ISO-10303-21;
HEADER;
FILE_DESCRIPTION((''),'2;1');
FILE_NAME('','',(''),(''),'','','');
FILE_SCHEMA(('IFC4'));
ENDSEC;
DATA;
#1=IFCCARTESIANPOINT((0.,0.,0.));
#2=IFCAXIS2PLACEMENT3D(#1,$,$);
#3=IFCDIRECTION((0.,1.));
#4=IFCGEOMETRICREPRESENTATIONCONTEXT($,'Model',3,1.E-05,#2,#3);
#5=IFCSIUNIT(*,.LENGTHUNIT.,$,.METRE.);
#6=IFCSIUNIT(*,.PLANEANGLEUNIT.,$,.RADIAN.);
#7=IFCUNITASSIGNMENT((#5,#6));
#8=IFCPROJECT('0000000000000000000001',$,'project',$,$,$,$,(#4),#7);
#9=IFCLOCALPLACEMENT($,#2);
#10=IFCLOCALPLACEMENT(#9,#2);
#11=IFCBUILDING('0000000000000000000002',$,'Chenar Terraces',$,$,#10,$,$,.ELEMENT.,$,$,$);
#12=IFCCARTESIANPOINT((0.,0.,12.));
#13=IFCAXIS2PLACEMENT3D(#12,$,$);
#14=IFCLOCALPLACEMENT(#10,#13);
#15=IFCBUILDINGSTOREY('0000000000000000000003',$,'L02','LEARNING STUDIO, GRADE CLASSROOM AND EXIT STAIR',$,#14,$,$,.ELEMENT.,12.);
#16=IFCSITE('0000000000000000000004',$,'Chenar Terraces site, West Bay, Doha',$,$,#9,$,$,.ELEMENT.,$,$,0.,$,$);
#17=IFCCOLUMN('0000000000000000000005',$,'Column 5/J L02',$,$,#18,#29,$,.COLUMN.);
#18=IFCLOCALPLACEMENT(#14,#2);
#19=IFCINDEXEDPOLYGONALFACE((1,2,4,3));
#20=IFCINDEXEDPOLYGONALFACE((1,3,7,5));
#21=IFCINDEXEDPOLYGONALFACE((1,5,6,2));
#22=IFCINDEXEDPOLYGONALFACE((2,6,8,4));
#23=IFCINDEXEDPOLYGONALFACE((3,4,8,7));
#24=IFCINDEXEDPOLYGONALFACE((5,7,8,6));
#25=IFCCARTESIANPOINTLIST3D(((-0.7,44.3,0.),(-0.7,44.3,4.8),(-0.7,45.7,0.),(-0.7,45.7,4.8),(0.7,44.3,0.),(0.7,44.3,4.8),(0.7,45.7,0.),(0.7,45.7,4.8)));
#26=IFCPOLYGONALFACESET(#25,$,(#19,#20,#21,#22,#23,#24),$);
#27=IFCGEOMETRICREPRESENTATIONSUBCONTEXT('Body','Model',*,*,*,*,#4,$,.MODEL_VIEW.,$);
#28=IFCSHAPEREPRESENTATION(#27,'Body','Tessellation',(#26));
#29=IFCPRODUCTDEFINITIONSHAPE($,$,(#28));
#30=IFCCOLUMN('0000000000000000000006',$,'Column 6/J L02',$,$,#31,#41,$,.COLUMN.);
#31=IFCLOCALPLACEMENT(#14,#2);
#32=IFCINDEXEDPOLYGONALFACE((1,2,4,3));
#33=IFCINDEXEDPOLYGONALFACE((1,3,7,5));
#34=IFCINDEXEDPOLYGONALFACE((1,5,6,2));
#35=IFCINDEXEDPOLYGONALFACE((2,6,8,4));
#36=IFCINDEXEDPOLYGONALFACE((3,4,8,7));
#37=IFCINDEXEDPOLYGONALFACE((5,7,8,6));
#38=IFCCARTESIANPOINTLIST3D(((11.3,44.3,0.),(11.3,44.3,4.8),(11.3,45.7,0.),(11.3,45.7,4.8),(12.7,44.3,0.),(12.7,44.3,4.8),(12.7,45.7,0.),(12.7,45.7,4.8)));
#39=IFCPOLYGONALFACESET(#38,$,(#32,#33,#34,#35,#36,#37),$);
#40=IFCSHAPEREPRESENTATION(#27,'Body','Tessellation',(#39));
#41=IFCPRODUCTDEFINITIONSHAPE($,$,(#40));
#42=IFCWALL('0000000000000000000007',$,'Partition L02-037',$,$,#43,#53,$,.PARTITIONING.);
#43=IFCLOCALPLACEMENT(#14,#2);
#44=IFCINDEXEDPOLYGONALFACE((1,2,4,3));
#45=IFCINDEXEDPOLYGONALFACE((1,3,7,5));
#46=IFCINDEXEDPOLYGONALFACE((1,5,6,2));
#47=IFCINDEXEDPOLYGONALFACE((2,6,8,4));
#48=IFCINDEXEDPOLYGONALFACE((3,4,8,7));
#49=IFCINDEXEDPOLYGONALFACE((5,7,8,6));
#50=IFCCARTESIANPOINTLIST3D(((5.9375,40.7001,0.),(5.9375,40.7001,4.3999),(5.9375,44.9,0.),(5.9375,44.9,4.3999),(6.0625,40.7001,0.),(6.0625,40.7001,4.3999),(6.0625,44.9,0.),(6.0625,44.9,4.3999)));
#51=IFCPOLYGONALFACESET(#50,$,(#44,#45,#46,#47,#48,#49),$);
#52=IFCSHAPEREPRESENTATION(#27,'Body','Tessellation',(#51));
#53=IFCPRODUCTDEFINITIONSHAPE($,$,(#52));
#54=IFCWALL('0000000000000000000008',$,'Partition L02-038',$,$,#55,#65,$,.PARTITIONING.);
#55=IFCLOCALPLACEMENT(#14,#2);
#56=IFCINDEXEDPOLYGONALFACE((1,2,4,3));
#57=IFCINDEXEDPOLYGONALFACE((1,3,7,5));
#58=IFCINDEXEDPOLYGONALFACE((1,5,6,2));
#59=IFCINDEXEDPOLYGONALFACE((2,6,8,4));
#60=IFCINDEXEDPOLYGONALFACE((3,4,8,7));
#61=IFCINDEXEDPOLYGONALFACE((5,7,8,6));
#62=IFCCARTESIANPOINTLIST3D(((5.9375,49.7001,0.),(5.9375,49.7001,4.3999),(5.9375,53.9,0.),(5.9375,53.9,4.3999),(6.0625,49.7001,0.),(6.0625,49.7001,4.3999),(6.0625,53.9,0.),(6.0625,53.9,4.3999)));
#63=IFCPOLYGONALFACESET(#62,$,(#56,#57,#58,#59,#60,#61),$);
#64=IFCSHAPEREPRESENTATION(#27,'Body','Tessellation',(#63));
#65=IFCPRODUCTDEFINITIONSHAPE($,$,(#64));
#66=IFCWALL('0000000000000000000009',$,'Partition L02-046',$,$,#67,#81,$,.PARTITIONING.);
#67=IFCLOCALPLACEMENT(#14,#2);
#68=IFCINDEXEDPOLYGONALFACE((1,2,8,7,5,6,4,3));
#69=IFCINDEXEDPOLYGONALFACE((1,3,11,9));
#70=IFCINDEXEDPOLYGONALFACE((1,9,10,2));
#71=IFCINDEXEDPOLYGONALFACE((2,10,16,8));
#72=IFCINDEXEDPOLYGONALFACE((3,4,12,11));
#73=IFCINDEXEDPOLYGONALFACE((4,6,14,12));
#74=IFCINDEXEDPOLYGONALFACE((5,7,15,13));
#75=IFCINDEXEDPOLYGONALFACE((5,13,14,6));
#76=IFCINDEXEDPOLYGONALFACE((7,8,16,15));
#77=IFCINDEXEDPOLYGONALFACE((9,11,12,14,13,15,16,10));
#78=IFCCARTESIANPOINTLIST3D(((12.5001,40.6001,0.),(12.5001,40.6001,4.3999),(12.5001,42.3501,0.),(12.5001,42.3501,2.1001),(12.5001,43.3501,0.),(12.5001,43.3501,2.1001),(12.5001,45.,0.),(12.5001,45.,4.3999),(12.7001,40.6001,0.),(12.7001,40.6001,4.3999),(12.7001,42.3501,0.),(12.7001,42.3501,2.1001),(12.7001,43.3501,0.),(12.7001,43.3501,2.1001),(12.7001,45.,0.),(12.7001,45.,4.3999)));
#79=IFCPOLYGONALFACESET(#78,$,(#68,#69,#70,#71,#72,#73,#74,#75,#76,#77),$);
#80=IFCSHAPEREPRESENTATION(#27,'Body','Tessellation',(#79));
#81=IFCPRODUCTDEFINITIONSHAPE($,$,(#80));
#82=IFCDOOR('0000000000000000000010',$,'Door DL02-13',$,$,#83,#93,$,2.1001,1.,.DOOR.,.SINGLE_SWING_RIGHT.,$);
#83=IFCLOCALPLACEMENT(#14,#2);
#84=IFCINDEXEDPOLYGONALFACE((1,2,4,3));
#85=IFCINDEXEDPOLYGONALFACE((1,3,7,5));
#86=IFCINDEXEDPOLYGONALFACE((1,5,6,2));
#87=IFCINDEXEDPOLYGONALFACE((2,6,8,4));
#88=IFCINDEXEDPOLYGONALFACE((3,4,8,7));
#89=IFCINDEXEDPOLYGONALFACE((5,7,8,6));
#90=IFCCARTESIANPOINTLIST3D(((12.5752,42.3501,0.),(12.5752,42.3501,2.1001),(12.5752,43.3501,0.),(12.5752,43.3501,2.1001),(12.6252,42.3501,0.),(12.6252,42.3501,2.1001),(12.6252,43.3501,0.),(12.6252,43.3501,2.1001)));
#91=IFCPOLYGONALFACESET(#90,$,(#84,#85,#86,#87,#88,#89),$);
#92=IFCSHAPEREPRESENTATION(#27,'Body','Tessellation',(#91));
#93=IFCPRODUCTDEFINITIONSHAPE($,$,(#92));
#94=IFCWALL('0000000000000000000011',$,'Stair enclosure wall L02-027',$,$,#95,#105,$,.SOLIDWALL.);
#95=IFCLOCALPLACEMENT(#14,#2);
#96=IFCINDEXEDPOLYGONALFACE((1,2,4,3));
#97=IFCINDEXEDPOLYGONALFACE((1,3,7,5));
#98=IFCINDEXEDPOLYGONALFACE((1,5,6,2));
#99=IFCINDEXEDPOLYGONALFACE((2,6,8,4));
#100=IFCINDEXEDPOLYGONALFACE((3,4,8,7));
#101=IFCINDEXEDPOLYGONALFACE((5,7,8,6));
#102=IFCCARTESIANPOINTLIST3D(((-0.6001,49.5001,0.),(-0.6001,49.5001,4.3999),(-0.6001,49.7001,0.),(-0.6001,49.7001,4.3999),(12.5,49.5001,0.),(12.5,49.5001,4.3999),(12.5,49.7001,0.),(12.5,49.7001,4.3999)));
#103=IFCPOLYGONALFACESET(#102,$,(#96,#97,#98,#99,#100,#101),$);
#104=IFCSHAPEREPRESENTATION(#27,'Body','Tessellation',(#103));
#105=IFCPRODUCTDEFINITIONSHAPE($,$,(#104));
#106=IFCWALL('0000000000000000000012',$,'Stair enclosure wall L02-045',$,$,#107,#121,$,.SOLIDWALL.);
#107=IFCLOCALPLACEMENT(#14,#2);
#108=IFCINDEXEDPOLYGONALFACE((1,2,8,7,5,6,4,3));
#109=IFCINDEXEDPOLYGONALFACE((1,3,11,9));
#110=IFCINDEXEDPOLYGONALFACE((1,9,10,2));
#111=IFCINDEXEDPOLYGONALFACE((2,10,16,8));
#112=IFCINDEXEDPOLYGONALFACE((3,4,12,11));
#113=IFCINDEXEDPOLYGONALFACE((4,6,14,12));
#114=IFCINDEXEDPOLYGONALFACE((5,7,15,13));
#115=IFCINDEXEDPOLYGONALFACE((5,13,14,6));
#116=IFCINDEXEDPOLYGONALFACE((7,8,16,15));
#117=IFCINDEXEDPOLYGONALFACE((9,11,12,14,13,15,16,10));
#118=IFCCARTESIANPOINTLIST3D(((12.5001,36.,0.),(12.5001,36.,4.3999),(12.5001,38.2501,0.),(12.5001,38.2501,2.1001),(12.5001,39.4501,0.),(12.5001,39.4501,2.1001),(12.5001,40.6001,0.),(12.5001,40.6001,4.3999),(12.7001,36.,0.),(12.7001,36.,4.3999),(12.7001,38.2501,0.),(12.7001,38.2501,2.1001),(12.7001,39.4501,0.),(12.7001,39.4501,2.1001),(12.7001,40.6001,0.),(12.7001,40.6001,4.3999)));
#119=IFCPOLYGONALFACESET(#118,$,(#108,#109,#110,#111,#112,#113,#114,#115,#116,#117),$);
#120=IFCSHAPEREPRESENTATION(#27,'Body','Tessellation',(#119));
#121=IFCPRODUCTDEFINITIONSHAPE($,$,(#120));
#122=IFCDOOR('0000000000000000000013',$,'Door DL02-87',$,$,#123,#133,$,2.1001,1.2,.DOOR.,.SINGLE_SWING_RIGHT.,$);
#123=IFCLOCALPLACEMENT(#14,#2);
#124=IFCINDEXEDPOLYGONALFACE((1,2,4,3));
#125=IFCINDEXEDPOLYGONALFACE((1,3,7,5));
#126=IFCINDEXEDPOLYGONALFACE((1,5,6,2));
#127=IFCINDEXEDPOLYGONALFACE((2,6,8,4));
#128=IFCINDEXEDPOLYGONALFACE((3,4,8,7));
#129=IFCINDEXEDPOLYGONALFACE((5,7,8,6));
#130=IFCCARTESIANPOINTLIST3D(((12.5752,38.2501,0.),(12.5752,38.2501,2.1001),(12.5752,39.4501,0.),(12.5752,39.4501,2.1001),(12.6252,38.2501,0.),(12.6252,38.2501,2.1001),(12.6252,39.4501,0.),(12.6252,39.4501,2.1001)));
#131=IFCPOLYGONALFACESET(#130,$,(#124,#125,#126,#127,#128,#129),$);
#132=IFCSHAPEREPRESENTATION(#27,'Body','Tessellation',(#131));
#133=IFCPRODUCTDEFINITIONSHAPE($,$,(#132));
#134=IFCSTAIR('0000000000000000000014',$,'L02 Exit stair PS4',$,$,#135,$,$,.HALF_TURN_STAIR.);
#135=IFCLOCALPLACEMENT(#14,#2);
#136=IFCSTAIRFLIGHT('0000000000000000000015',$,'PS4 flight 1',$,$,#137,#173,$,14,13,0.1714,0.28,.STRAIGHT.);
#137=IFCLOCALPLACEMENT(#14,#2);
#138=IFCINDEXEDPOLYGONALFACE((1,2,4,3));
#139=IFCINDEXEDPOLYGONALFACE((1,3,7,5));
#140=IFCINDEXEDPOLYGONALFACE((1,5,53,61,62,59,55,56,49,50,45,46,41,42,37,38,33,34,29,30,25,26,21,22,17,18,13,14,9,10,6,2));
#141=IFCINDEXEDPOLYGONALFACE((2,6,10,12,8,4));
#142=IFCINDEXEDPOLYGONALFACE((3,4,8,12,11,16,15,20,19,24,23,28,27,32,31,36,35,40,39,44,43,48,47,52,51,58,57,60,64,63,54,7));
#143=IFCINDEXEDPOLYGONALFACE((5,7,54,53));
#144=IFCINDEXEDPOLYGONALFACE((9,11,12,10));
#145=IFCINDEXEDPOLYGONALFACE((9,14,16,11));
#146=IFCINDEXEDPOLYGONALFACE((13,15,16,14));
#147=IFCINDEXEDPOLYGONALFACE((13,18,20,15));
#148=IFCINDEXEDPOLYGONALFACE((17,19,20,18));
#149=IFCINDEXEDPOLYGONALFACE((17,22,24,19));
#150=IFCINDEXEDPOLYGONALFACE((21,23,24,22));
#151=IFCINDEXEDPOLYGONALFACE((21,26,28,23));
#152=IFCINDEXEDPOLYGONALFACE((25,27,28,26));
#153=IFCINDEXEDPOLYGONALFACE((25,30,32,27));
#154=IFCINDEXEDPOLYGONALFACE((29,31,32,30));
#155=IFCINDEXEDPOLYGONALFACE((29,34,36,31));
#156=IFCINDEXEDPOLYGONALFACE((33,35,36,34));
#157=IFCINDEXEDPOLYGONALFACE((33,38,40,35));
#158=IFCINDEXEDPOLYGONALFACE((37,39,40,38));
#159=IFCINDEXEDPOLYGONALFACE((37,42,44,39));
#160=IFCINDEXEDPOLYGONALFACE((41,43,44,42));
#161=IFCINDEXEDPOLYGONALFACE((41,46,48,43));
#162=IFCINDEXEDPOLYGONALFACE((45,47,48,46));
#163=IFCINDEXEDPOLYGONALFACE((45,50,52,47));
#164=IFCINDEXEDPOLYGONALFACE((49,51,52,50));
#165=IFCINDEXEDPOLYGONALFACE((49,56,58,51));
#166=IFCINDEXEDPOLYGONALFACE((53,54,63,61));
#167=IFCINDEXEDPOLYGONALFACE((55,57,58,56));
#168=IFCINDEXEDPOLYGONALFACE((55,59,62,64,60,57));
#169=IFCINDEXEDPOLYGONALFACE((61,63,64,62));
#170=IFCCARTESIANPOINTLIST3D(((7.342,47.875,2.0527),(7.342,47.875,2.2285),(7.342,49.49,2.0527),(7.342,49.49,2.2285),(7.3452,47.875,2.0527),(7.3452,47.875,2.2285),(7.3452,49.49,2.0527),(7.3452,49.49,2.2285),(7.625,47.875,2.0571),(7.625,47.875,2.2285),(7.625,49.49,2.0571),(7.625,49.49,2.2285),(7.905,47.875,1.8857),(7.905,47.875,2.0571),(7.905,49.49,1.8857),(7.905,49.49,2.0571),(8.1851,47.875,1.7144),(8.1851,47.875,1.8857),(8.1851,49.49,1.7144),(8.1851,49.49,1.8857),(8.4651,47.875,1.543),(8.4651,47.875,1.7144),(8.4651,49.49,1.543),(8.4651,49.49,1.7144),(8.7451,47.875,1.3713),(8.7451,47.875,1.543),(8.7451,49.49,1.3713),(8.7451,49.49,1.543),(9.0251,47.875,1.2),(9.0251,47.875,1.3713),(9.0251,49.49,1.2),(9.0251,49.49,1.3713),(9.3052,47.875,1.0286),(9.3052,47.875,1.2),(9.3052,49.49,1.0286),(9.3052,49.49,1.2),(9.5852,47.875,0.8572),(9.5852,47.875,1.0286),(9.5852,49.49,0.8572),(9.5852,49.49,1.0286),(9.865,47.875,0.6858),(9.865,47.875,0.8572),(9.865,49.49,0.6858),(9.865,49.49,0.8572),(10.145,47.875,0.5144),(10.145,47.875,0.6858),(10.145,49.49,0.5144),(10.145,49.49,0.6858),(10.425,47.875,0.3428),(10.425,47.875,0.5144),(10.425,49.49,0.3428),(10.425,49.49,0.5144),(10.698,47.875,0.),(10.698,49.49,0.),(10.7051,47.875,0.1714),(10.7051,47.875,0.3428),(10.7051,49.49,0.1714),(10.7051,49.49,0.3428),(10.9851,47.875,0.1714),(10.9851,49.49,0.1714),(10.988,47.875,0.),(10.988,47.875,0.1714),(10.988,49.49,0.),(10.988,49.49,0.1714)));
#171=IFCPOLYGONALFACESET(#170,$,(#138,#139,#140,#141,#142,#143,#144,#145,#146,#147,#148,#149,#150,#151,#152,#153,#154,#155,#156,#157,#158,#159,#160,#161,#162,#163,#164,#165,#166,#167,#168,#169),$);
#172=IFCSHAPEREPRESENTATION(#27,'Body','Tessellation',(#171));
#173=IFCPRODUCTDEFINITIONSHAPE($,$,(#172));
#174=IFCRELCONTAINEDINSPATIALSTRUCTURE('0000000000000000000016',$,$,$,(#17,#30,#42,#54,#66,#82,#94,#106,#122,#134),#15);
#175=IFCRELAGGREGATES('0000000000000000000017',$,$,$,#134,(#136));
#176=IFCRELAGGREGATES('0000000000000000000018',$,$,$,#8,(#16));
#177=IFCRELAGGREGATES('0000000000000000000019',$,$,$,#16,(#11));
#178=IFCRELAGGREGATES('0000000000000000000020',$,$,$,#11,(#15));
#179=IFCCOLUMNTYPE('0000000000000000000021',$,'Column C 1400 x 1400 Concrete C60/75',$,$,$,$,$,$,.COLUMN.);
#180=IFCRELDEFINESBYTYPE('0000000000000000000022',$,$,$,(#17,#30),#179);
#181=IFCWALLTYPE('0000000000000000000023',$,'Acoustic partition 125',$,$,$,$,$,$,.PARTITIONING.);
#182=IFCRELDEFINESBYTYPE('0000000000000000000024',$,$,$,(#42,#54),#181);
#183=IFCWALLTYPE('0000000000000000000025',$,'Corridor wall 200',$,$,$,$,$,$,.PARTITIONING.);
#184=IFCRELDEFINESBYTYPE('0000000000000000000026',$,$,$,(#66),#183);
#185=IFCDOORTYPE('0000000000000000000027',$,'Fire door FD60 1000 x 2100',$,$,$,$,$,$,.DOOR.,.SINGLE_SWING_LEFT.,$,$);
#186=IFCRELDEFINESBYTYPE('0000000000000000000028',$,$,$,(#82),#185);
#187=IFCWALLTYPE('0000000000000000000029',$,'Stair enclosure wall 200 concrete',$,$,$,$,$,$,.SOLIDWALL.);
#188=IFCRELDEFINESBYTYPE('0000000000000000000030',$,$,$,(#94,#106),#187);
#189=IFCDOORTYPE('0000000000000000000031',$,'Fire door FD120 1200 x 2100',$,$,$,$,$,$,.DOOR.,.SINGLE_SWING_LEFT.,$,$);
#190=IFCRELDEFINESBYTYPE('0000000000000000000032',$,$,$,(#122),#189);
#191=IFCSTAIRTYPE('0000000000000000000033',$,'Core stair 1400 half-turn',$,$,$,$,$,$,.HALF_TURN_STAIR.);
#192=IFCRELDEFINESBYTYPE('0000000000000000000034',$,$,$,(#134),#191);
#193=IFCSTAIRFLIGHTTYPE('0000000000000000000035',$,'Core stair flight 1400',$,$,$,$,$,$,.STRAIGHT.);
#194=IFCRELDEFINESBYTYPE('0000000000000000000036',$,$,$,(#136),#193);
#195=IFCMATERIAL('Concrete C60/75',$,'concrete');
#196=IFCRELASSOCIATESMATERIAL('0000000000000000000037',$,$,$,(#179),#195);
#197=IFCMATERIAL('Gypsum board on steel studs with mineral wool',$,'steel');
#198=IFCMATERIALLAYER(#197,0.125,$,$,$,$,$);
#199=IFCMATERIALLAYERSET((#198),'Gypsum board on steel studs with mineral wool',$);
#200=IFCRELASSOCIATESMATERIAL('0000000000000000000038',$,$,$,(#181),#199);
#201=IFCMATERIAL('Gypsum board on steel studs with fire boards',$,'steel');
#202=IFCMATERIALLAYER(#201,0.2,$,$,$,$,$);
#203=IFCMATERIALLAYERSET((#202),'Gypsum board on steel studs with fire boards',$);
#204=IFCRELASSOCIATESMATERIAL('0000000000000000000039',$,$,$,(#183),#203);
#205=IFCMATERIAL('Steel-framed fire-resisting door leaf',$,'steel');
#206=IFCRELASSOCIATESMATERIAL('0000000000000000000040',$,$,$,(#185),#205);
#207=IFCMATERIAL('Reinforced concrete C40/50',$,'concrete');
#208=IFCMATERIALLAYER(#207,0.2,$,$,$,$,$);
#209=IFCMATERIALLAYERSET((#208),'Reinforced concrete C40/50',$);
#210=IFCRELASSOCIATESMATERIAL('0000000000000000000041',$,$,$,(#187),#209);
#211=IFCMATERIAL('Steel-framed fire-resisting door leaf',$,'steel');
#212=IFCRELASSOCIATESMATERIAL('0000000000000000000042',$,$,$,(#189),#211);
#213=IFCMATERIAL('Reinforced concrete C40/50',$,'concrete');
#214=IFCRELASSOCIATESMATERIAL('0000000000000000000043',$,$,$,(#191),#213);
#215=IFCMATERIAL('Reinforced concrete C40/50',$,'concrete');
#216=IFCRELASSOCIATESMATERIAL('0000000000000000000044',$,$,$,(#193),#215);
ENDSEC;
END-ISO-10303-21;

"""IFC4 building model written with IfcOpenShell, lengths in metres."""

from ifc_helpers import new_model, si_unit, direction, frame, frame_2d, origin, origin_2d, place, context, subcontext, project, spatial, polyline, rectangle, outline, extrude, material, layer, layer_set, material_profile, profile_set, type_object, element, fill, aggregate, save


model = new_model("IFC4")

# Units and contexts
model_context = context("Model", 3, precision=1e-05, world=origin(), true_north=direction((0.0, 1.0)))
body_context = subcontext(model_context, "Body", "Model", "MODEL_VIEW")
ifc_project = project(units=[si_unit("LENGTHUNIT", "METRE"), si_unit("PLANEANGLEUNIT", "RADIAN")], contexts=[model_context])

# Site, building, storey
site_placement = place(None, origin())
site = spatial("IfcSite", under=ifc_project, at=site_placement, Name="Chenar Terraces site, West Bay, Doha", CompositionType="ELEMENT", RefElevation=0.0)
building_placement = place(site_placement, origin())
building = spatial("IfcBuilding", under=site, at=building_placement, Name="Chenar Terraces", CompositionType="ELEMENT")
storey_placement = place(building_placement, frame((0.0, 0.0, 12.0)))
storey = spatial("IfcBuildingStorey", under=building, at=storey_placement, Name="L02", Description="LEARNING STUDIO, GRADE CLASSROOM AND EXIT STAIR", CompositionType="ELEMENT", Elevation=12.0)

# Columns
ifc_material_1 = material(Name="Concrete C60/75", Category="concrete")
ifc_material_profile = material_profile(ifc_material_1, rectangle(XDim=1.3999, YDim=1.3999, at=origin_2d()), Name="C 1400 x 1400")
ifc_profile_set = profile_set([ifc_material_profile], Name="Concrete C60/75")
column_type = type_object("IfcColumnType", Name="Column C 1400 x 1400 Concrete C60/75", PredefinedType="COLUMN", material=ifc_profile_set)
for number, where, z_axis, x_axis, name in (
    (1, (0.0, 45.0, 0.0), (0.0, 0.0, 1.0), (1.0, 0.0, 0.0), "Column 5/J L02"),
    (2, (12.0, 45.0, 0.0), (0.0, 0.0, 1.0), (1.0, 0.0, 0.0), "Column 6/J L02"),
):
    element("IfcColumn", number, at=place(storey_placement, frame(where, z_axis=z_axis, x_axis=x_axis)), inside=storey, type_object=column_type, Name=name, PredefinedType="COLUMN", context=body_context, shape_type="SweptSolid", body=[
        extrude(rectangle(XDim=1.3999, YDim=1.3999, at=origin_2d()), origin(), (0.0, 0.0, 1.0), 4.8),
    ])

# Walls
ifc_material_2 = material(Name="Gypsum board on steel studs with mineral wool", Category="steel")
ifc_layer_1 = layer(ifc_material_2, 0.125)
ifc_layer_set_1 = layer_set([ifc_layer_1], Name="Gypsum board on steel studs with mineral wool")
wall_type_1 = type_object("IfcWallType", Name="Acoustic partition 125", PredefinedType="PARTITIONING", material=ifc_layer_set_1)
for number, where, z_axis, x_axis, name in (
    (3, (6.0, 40.7, 0.0), (0.0, 0.0, 1.0), (0.0, 1.0, 0.0), "Partition L02-037"),
    (4, (6.0, 49.7, 0.0), (0.0, 0.0, 1.0), (0.0, 1.0, 0.0), "Partition L02-038"),
):
    element("IfcWall", number, at=place(storey_placement, frame(where, z_axis=z_axis, x_axis=x_axis)), inside=storey, type_object=wall_type_1, Name=name, PredefinedType="PARTITIONING", context=body_context, shape_type="SweptSolid", body=[
        extrude(rectangle(XDim=4.2, YDim=0.125, at=frame_2d((2.1001, 0.0))), origin(), (0.0, 0.0, 1.0), 4.3999),
    ])

# Wall, opening, door
ifc_material_3 = material(Name="Gypsum board on steel studs with fire boards", Category="steel")
ifc_layer_2 = layer(ifc_material_3, 0.2)
ifc_layer_set_2 = layer_set([ifc_layer_2], Name="Gypsum board on steel studs with fire boards")
wall_type_2 = type_object("IfcWallType", Name="Corridor wall 200", PredefinedType="PARTITIONING", material=ifc_layer_set_2)
wall_1_placement = place(storey_placement, frame((12.6001, 40.6001, 0.0), z_axis=(0.0, 0.0, 1.0), x_axis=(0.0, 1.0, 0.0)))
wall_1 = element("IfcWall", 5, at=wall_1_placement, inside=storey, type_object=wall_type_2, Name="Partition L02-046", PredefinedType="PARTITIONING", context=body_context, shape_type="SweptSolid", body=[
    extrude(rectangle(XDim=4.3999, YDim=0.2, at=frame_2d((2.2, 0.0))), origin(), (0.0, 0.0, 1.0), 4.3999),
])
opening_1_placement = place(wall_1_placement, frame((1.75, 0.0, 0.0)))
opening_1 = element("IfcOpeningElement", 6, at=opening_1_placement, cuts=wall_1, PredefinedType="OPENING", context=body_context, shape_type="SweptSolid", body=[
    extrude(rectangle(XDim=1.0, YDim=2.1001, at=frame_2d((0.5, 1.05))), frame((0.0, 0.1099, 0.0), z_axis=(0.0, -1.0, 0.0), x_axis=(1.0, 0.0, 0.0)), (0.0, 0.0, 1.0), 0.22),
])
ifc_material_4 = material(Name="Steel-framed fire-resisting door leaf", Category="steel")
door_type_1 = type_object("IfcDoorType", Name="Fire door FD60 1000 x 2100", OperationType="SINGLE_SWING_LEFT", PredefinedType="DOOR", material=ifc_material_4)
door_1_placement = place(opening_1_placement, origin())
door_1 = element("IfcDoor", 7, at=door_1_placement, inside=storey, type_object=door_type_1, Name="Door DL02-13", OperationType="SINGLE_SWING_RIGHT", OverallHeight=2.1001, OverallWidth=1.0, PredefinedType="DOOR", context=body_context, shape_type="SweptSolid", body=[
    extrude(rectangle(XDim=1.0, YDim=2.1001, at=frame_2d((0.5, 1.05))), frame((0.0, 0.0249, 0.0), z_axis=(0.0, -1.0, 0.0), x_axis=(1.0, 0.0, 0.0)), (0.0, 0.0, 1.0), 0.05),
])
fill(opening_1, door_1)

# Wall
ifc_material_5 = material(Name="Reinforced concrete C40/50", Category="concrete")
ifc_layer_3 = layer(ifc_material_5, 0.2)
ifc_layer_set_3 = layer_set([ifc_layer_3], Name="Reinforced concrete C40/50")
wall_type_3 = type_object("IfcWallType", Name="Stair enclosure wall 200 concrete", PredefinedType="SOLIDWALL", material=ifc_layer_set_3)
wall_2_placement = place(storey_placement, frame((-0.6001, 49.6001, 0.0), z_axis=(0.0, 0.0, 1.0), x_axis=(1.0, 0.0, 0.0)))
element("IfcWall", 8, at=wall_2_placement, inside=storey, type_object=wall_type_3, Name="Stair enclosure wall L02-027", PredefinedType="SOLIDWALL", context=body_context, shape_type="SweptSolid", body=[
    extrude(rectangle(XDim=13.1001, YDim=0.2, at=frame_2d((6.55, 0.0))), origin(), (0.0, 0.0, 1.0), 4.3999),
])

# Wall, opening, door
wall_3_placement = place(storey_placement, frame((12.6001, 36.0, 0.0), z_axis=(0.0, 0.0, 1.0), x_axis=(0.0, 1.0, 0.0)))
wall_3 = element("IfcWall", 9, at=wall_3_placement, inside=storey, type_object=wall_type_3, Name="Stair enclosure wall L02-045", PredefinedType="SOLIDWALL", context=body_context, shape_type="SweptSolid", body=[
    extrude(rectangle(XDim=4.6001, YDim=0.2, at=frame_2d((2.3, 0.0))), origin(), (0.0, 0.0, 1.0), 4.3999),
])
opening_2_placement = place(wall_3_placement, frame((2.25, 0.0, 0.0)))
opening_2 = element("IfcOpeningElement", 10, at=opening_2_placement, cuts=wall_3, PredefinedType="OPENING", context=body_context, shape_type="SweptSolid", body=[
    extrude(rectangle(XDim=1.2, YDim=2.1001, at=frame_2d((0.6001, 1.05))), frame((0.0, 0.1099, 0.0), z_axis=(0.0, -1.0, 0.0), x_axis=(1.0, 0.0, 0.0)), (0.0, 0.0, 1.0), 0.22),
])
ifc_material_6 = material(Name="Steel-framed fire-resisting door leaf", Category="steel")
door_type_2 = type_object("IfcDoorType", Name="Fire door FD120 1200 x 2100", OperationType="SINGLE_SWING_LEFT", PredefinedType="DOOR", material=ifc_material_6)
door_2_placement = place(opening_2_placement, origin())
door_2 = element("IfcDoor", 11, at=door_2_placement, inside=storey, type_object=door_type_2, Name="Door DL02-87", OperationType="SINGLE_SWING_RIGHT", OverallHeight=2.1001, OverallWidth=1.2, PredefinedType="DOOR", context=body_context, shape_type="SweptSolid", body=[
    extrude(rectangle(XDim=1.2, YDim=2.1001, at=frame_2d((0.6001, 1.05))), frame((0.0, 0.0249, 0.0), z_axis=(0.0, -1.0, 0.0), x_axis=(1.0, 0.0, 0.0)), (0.0, 0.0, 1.0), 0.05),
])
fill(opening_2, door_2)

# Stair, stair flight
ifc_material_7 = material(Name="Reinforced concrete C40/50", Category="concrete")
stair_type = type_object("IfcStairType", Name="Core stair 1400 half-turn", PredefinedType="HALF_TURN_STAIR", material=ifc_material_7)
placement = place(storey_placement, origin())
stair_1 = element("IfcStair", 12, at=placement, inside=storey, type_object=stair_type, Name="L02 Exit stair PS4", PredefinedType="HALF_TURN_STAIR")
ifc_material_8 = material(Name="Reinforced concrete C40/50", Category="concrete")
stair_flight_type = type_object("IfcStairFlightType", Name="Core stair flight 1400", PredefinedType="STRAIGHT", material=ifc_material_8)
stair_flight_1_placement = place(storey_placement, frame((10.9851, 48.6826, 0.0), z_axis=(0.0, 0.0, 1.0), x_axis=(-1.0, 0.0, 0.0)))
stair_flight_1 = element("IfcStairFlight", 13, at=stair_flight_1_placement, type_object=stair_flight_type, Name="PS4 flight 1", NumberOfRisers=14, NumberOfTreads=13, PredefinedType="STRAIGHT", RiserHeight=0.1714, TreadLength=0.28, context=body_context, shape_type="SweptSolid", body=[
    extrude(outline(polyline([(-0.0029, 0.0), (-0.0029, 0.1714), (0.0, 0.1714), (0.28, 0.1714), (0.28, 0.3428), (0.5601, 0.3428), (0.5601, 0.5144), (0.8401, 0.5144), (0.8401, 0.6858), (1.1201, 0.6858), (1.1201, 0.8572), (1.3999, 0.8572), (1.3999, 1.0286), (1.6799, 1.0286), (1.6799, 1.2), (1.96, 1.2), (1.96, 1.3713), (2.24, 1.3713), (2.24, 1.543), (2.52, 1.543), (2.52, 1.7144), (2.8, 1.7144), (2.8, 1.8857), (3.0801, 1.8857), (3.0801, 2.0571), (3.3601, 2.0571), (3.3601, 2.2285), (3.6399, 2.2285), (3.6431, 2.2285), (3.6431, 2.0527), (3.6399, 2.0527), (0.2871, 0.0), (-0.0029, 0.0)])), frame((0.0, 0.8076, 0.0), z_axis=(0.0, -1.0, 0.0), x_axis=(1.0, 0.0, 0.0)), (0.0, 0.0, 1.0), 1.615),
])
aggregate(stair_1, [stair_flight_1])

save(model, "model.ifc")
